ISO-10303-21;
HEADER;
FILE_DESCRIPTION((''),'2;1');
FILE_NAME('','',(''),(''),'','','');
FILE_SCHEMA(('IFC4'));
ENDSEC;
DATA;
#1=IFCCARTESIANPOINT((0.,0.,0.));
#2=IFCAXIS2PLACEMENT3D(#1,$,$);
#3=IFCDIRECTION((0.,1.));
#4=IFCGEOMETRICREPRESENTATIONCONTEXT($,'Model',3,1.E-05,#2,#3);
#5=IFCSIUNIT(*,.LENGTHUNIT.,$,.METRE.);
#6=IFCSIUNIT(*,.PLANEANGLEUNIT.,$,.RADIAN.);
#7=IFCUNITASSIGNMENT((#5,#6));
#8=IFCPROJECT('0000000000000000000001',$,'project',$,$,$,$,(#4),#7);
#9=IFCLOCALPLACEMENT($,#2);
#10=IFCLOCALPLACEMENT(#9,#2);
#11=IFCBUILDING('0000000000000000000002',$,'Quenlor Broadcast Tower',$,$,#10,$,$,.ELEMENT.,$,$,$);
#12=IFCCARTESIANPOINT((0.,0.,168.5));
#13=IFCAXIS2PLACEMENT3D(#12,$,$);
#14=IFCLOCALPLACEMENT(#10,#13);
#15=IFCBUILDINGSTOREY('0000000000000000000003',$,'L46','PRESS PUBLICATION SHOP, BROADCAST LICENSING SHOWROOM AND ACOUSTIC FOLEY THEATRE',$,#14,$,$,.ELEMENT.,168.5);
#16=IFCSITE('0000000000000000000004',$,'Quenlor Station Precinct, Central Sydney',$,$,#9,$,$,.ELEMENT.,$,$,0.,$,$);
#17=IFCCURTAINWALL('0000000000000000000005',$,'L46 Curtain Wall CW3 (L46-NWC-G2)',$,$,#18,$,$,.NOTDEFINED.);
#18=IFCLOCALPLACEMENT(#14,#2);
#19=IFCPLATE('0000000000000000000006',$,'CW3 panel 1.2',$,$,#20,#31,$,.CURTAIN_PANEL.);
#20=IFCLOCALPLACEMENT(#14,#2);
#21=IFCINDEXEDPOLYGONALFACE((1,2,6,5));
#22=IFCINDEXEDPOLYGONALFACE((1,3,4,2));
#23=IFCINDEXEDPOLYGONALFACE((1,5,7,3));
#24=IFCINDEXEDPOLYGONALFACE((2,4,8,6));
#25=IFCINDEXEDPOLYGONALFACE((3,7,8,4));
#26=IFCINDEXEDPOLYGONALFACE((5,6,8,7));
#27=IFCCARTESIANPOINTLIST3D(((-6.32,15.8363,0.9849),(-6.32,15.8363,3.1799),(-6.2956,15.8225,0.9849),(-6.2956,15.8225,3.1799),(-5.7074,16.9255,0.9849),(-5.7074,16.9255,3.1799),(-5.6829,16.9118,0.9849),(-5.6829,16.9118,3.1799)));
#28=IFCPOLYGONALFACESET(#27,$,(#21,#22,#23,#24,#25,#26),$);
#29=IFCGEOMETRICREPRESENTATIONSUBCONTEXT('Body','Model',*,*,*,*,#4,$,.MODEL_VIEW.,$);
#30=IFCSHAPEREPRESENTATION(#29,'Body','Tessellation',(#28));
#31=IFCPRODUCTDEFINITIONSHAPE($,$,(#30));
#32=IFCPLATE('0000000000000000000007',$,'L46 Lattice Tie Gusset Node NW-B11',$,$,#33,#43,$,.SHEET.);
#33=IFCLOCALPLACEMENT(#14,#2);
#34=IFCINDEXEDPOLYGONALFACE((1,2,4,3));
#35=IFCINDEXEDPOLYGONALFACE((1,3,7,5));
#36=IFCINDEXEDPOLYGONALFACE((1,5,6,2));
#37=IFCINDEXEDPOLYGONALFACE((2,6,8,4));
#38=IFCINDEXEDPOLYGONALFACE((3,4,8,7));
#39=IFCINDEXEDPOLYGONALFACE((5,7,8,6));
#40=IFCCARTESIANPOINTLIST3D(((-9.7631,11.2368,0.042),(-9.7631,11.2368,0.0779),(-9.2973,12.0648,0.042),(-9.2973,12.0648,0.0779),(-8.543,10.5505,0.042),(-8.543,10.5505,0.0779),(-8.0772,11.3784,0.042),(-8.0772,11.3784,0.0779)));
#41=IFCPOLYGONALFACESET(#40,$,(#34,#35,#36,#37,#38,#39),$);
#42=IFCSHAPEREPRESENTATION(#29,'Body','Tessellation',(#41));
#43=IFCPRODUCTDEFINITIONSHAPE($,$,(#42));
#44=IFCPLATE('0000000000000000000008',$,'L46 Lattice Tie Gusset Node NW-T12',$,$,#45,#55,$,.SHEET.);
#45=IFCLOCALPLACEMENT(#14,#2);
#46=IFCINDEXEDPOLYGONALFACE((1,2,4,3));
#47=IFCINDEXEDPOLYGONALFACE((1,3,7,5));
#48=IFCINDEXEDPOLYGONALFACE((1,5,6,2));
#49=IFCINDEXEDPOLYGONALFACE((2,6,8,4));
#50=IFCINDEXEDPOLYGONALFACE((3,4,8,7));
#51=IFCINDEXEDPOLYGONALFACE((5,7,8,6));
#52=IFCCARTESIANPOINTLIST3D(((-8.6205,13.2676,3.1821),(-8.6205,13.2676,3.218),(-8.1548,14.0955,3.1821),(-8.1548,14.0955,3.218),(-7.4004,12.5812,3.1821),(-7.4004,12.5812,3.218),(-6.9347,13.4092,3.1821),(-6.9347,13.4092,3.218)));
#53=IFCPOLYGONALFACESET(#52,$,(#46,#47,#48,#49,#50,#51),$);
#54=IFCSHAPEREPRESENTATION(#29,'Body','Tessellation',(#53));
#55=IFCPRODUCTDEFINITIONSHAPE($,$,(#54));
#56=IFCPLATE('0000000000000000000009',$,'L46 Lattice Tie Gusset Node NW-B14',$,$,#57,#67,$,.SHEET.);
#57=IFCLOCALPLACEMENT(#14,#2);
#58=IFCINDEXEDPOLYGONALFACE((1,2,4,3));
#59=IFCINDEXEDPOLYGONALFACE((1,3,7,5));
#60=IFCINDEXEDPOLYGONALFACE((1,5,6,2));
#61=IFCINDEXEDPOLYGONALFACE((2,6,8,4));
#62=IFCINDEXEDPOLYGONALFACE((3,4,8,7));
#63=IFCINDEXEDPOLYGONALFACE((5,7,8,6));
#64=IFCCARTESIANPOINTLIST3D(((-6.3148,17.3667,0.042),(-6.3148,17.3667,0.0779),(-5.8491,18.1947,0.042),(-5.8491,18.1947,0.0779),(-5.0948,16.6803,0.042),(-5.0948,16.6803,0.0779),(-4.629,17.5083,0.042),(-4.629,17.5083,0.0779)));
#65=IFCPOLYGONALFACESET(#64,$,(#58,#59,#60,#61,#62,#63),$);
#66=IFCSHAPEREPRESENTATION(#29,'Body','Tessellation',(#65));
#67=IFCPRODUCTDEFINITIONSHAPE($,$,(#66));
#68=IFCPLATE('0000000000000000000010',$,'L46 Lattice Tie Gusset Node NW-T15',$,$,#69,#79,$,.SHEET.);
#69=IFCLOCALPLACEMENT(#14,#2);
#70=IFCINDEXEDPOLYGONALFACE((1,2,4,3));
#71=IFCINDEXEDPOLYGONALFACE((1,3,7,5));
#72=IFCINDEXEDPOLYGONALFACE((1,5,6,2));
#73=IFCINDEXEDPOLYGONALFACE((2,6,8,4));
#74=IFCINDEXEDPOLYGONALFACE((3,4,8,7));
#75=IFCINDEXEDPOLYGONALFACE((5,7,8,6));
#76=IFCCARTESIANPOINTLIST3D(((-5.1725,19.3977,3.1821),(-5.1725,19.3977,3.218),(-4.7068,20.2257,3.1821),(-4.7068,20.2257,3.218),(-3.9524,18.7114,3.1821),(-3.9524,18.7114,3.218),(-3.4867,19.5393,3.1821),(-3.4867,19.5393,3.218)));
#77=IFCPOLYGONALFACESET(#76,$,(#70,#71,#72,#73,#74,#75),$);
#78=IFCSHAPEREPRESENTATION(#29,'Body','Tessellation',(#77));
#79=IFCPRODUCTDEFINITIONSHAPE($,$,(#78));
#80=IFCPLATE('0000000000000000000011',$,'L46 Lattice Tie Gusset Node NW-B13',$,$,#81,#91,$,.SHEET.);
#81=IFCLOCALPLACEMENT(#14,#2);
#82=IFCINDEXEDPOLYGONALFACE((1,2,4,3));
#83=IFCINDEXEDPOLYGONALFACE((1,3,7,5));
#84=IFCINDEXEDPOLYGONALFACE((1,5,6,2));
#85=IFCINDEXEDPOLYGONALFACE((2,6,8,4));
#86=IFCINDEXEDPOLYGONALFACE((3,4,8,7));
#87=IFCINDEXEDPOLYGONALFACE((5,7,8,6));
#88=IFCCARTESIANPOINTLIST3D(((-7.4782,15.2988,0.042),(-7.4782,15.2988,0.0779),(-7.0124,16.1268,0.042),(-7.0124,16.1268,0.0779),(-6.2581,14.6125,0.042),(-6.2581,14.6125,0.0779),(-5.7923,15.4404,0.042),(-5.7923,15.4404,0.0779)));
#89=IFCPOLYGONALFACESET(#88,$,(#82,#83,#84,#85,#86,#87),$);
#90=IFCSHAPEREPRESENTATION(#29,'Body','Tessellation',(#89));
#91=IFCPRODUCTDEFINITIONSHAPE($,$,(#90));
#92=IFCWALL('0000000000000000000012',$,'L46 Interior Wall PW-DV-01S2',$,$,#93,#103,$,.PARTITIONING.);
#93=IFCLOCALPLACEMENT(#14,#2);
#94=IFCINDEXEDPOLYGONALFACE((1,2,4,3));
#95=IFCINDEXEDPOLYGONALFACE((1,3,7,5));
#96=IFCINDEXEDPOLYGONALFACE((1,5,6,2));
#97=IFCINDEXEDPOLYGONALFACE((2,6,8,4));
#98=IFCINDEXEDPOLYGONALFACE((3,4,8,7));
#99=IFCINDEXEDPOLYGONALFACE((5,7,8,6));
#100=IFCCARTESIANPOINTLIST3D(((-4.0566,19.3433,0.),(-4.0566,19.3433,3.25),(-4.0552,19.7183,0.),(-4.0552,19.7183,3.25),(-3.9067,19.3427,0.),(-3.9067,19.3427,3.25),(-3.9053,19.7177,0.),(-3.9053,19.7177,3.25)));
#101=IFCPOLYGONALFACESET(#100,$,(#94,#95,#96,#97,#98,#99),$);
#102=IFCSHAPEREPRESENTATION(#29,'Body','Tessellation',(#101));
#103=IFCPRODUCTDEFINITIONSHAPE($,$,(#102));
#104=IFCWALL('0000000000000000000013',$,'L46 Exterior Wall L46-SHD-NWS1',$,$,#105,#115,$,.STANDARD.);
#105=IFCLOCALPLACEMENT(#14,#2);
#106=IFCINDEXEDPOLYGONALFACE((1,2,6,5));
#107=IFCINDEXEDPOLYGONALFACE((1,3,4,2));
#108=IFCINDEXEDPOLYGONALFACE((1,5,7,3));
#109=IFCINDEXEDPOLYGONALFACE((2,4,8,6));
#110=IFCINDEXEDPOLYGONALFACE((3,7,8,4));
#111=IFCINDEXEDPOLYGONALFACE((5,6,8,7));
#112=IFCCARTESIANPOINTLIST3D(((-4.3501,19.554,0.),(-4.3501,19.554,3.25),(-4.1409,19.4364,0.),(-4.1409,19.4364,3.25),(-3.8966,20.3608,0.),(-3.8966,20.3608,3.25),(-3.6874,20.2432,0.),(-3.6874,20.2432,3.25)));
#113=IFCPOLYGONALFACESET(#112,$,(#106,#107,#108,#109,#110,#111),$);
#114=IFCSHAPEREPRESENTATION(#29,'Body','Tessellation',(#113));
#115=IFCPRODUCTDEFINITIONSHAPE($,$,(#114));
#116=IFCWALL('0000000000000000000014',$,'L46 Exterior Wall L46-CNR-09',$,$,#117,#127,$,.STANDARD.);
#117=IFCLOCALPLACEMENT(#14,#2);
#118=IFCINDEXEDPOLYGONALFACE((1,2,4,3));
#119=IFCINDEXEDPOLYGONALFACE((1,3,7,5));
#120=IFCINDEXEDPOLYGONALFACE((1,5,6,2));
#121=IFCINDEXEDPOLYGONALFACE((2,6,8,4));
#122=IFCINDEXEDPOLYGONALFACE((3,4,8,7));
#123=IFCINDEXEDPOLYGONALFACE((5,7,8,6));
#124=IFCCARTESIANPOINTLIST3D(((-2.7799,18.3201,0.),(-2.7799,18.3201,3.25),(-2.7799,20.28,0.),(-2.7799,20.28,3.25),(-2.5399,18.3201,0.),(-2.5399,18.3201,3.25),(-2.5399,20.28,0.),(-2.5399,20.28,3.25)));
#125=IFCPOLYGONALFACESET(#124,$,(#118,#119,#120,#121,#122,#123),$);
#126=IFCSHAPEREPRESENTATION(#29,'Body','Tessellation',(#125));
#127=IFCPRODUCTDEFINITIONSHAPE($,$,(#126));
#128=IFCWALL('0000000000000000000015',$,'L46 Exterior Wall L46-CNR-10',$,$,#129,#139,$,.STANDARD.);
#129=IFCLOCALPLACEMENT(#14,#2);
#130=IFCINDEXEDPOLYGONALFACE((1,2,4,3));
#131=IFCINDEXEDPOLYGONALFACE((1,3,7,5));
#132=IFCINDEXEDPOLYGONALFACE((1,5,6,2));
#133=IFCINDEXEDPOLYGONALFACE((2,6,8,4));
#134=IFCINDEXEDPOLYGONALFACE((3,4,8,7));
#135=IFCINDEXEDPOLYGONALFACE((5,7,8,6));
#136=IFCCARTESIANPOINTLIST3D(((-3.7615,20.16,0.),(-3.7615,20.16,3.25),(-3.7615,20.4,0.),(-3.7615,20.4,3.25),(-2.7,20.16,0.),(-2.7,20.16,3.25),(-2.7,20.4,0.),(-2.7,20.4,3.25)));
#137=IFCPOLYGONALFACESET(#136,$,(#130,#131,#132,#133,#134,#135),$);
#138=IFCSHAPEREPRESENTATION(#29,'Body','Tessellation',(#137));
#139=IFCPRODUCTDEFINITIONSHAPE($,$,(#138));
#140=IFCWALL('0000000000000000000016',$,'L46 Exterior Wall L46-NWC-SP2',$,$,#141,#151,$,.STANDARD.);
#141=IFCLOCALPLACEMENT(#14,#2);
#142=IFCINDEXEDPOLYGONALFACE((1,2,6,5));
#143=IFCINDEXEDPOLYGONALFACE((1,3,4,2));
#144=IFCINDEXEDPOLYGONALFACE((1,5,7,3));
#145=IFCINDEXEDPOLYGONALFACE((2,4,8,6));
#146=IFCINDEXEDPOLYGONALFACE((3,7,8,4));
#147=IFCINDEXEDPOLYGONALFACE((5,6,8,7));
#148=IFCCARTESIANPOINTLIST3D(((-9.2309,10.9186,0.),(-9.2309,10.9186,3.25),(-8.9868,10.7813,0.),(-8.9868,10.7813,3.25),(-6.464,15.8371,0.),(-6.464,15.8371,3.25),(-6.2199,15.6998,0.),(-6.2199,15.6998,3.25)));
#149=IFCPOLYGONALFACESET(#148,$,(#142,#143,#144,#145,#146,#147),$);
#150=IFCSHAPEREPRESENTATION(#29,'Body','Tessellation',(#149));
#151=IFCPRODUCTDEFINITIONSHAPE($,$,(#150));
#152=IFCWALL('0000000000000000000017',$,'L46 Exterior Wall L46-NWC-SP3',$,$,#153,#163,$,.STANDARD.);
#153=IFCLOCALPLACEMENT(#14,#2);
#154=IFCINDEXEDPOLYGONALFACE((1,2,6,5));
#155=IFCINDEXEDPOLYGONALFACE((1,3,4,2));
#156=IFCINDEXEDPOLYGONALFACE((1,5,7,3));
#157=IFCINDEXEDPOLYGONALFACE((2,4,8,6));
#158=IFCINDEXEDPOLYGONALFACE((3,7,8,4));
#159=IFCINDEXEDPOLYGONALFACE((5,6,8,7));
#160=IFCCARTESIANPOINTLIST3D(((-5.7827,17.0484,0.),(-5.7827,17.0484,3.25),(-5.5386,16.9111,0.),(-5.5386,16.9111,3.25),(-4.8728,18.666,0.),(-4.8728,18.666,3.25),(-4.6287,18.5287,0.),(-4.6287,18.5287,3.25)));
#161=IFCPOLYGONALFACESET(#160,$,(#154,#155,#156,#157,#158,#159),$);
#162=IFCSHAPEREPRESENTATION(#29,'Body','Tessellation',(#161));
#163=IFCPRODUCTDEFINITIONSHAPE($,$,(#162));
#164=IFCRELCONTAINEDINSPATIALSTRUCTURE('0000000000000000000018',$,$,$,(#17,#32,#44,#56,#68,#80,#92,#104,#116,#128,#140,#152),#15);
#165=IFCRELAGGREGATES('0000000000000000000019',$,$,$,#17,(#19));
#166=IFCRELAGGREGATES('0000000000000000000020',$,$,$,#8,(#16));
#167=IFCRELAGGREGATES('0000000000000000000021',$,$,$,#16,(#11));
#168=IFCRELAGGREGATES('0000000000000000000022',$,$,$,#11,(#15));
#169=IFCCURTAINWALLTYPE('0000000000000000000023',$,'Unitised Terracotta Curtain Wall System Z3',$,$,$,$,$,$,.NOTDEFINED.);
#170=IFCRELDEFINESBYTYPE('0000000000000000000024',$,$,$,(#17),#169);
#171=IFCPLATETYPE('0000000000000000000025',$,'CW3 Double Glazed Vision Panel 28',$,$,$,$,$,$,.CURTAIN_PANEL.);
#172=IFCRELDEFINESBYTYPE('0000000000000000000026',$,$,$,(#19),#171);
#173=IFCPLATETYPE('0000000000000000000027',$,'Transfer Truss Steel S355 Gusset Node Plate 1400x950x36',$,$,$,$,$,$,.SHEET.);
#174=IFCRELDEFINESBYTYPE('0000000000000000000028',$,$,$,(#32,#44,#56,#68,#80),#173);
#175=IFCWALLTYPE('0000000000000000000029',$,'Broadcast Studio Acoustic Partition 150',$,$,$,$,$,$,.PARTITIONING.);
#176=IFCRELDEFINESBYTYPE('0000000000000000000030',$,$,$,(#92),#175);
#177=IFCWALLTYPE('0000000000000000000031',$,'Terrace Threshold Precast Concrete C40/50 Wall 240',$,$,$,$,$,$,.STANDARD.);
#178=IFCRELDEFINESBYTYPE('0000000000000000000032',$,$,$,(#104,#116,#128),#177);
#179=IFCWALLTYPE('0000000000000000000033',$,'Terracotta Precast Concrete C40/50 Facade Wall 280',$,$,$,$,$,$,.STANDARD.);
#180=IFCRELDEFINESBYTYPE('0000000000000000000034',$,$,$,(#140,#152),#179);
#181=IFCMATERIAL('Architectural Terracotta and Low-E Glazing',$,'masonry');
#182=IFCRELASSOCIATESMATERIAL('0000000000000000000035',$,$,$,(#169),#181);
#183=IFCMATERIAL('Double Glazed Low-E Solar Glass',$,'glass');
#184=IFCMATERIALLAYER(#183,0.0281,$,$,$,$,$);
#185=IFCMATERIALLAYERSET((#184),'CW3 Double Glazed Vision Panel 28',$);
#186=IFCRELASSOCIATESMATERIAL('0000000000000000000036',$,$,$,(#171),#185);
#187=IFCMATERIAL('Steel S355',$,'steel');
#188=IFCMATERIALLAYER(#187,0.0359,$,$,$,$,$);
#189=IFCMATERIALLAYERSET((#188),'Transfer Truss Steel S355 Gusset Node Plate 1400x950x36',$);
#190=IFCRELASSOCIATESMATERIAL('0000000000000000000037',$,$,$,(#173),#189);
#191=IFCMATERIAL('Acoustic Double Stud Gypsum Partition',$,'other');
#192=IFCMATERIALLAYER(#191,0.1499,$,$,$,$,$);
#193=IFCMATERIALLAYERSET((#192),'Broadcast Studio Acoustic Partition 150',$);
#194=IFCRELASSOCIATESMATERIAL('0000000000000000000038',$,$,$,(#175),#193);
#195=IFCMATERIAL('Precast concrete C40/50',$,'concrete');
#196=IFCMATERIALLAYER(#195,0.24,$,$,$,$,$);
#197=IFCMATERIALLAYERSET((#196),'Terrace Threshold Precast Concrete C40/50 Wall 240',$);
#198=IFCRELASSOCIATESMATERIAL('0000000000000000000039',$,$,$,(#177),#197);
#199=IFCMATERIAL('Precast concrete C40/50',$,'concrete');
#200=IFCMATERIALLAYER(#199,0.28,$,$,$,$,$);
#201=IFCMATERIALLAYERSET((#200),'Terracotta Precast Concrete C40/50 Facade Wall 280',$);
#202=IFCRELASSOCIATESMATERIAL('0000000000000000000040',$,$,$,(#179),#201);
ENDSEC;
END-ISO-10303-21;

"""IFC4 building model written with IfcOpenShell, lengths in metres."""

from ifc_helpers import new_model, si_unit, direction, frame, frame_2d, origin, origin_2d, place, context, subcontext, project, spatial, rectangle, extrude, material, layer, layer_set, type_object, element, aggregate, save


model = new_model("IFC4")

# Units and contexts
model_context = context("Model", 3, precision=1e-05, world=origin(), true_north=direction((0.0, 1.0)))
body_context = subcontext(model_context, "Body", "Model", "MODEL_VIEW")
ifc_project = project(units=[si_unit("LENGTHUNIT", "METRE"), si_unit("PLANEANGLEUNIT", "RADIAN")], contexts=[model_context])

# Site, building, storey
site_placement = place(None, origin())
site = spatial("IfcSite", under=ifc_project, at=site_placement, Name="Quenlor Station Precinct, Central Sydney", CompositionType="ELEMENT", RefElevation=0.0)
building_placement = place(site_placement, origin())
building = spatial("IfcBuilding", under=site, at=building_placement, Name="Quenlor Broadcast Tower", CompositionType="ELEMENT")
storey_placement = place(building_placement, frame((0.0, 0.0, 168.5)))
storey = spatial("IfcBuildingStorey", under=building, at=storey_placement, Name="L46", Description="PRESS PUBLICATION SHOP, BROADCAST LICENSING SHOWROOM AND ACOUSTIC FOLEY THEATRE", CompositionType="ELEMENT", Elevation=168.5)

# Shared definitions
ifc_material_1 = material(Name="Architectural Terracotta and Low-E Glazing", Category="masonry")
curtain_wall_type = type_object("IfcCurtainWallType", Name="Unitised Terracotta Curtain Wall System Z3", PredefinedType="NOTDEFINED", material=ifc_material_1)

# Curtain wall
curtain_wall_1_placement = place(storey_placement, origin())
curtain_wall_1 = element("IfcCurtainWall", 1, at=curtain_wall_1_placement, inside=storey, type_object=curtain_wall_type, Name="L46 Curtain Wall CW3 (L46-NWC-G2)", PredefinedType="NOTDEFINED")

# Plate
ifc_material_2 = material(Name="Double Glazed Low-E Solar Glass", Category="glass")
ifc_layer_1 = layer(ifc_material_2, 0.0281)
ifc_layer_set_1 = layer_set([ifc_layer_1], Name="CW3 Double Glazed Vision Panel 28")
plate_type_1 = type_object("IfcPlateType", Name="CW3 Double Glazed Vision Panel 28", PredefinedType="CURTAIN_PANEL", material=ifc_layer_set_1)
plate_1_placement = place(storey_placement, frame((-6.0015, 16.374, 0.9849), z_axis=(0.0, 0.0, 1.0), x_axis=(0.49023, 0.871593, 0.0)))
plate_1 = element("IfcPlate", 2, at=plate_1_placement, type_object=plate_type_1, Name="CW3 panel 1.2", PredefinedType="CURTAIN_PANEL", context=body_context, shape_type="SweptSolid", body=[
    extrude(rectangle(XDim=1.2498, YDim=0.0281, at=origin_2d()), origin(), (0.0, 0.0, 1.0), 2.1951),
])
aggregate(curtain_wall_1, [plate_1])

# Plates
ifc_material_3 = material(Name="Steel S355", Category="steel")
ifc_layer_2 = layer(ifc_material_3, 0.0359)
ifc_layer_set_2 = layer_set([ifc_layer_2], Name="Transfer Truss Steel S355 Gusset Node Plate 1400x950x36")
plate_type_2 = type_object("IfcPlateType", Name="Transfer Truss Steel S355 Gusset Node Plate 1400x950x36", PredefinedType="SHEET", material=ifc_layer_set_2)
for number, where, z_axis, x_axis, name in (
    (3, (-8.9202, 11.3076, 0.042), (0.0, 0.0, 1.0), (-0.871556, 0.490295, 0.0), "L46 Lattice Tie Gusset Node NW-B11"),
    (4, (-7.7776, 13.3384, 3.1821), (0.0, 0.0, 1.0), (-0.871556, 0.490295, 0.0), "L46 Lattice Tie Gusset Node NW-T12"),
    (5, (-5.4719, 17.4375, 0.042), (0.0, 0.0, 1.0), (-0.871556, 0.490295, 0.0), "L46 Lattice Tie Gusset Node NW-B14"),
    (6, (-4.3296, 19.4685, 3.1821), (0.0, 0.0, 1.0), (-0.871556, 0.490295, 0.0), "L46 Lattice Tie Gusset Node NW-T15"),
    (7, (-6.6353, 15.3696, 0.042), (0.0, 0.0, 1.0), (-0.871556, 0.490295, 0.0), "L46 Lattice Tie Gusset Node NW-B13"),
):
    element("IfcPlate", number, at=place(storey_placement, frame(where, z_axis=z_axis, x_axis=x_axis)), inside=storey, type_object=plate_type_2, Name=name, PredefinedType="SHEET", context=body_context, shape_type="SweptSolid", body=[
        extrude(rectangle(XDim=1.3999, YDim=0.95, at=origin_2d()), origin(), (0.0, 0.0, 1.0), 0.0359),
    ])

# Walls
ifc_material_4 = material(Name="Acoustic Double Stud Gypsum Partition", Category="other")
ifc_layer_3 = layer(ifc_material_4, 0.1499)
ifc_layer_set_3 = layer_set([ifc_layer_3], Name="Broadcast Studio Acoustic Partition 150")
wall_type_1 = type_object("IfcWallType", Name="Broadcast Studio Acoustic Partition 150", PredefinedType="PARTITIONING", material=ifc_layer_set_3)
wall_1_placement = place(storey_placement, frame((-3.9817, 19.343, 0.0), z_axis=(0.0, 0.0, 1.0), x_axis=(0.003906, 0.999992, 0.0)))
element("IfcWall", 8, at=wall_1_placement, inside=storey, type_object=wall_type_1, Name="L46 Interior Wall PW-DV-01S2", PredefinedType="PARTITIONING", context=body_context, shape_type="SweptSolid", body=[
    extrude(rectangle(XDim=0.375, YDim=0.1499, at=frame_2d((0.1875, 0.0))), origin(), (0.0, 0.0, 1.0), 3.25),
])
ifc_material_5 = material(Name="Precast concrete C40/50", Category="concrete")
ifc_layer_4 = layer(ifc_material_5, 0.24)
ifc_layer_set_4 = layer_set([ifc_layer_4], Name="Terrace Threshold Precast Concrete C40/50 Wall 240")
wall_type_2 = type_object("IfcWallType", Name="Terrace Threshold Precast Concrete C40/50 Wall 240", PredefinedType="STANDARD", material=ifc_layer_set_4)
wall_2_placement = place(storey_placement, frame((-4.2456, 19.4951, 0.0), z_axis=(0.0, 0.0, 1.0), x_axis=(0.490048, 0.871695, 0.0)))
element("IfcWall", 9, at=wall_2_placement, inside=storey, type_object=wall_type_2, Name="L46 Exterior Wall L46-SHD-NWS1", PredefinedType="STANDARD", context=body_context, shape_type="SweptSolid", body=[
    extrude(rectangle(XDim=0.9255, YDim=0.24, at=frame_2d((0.4629, 0.0))), origin(), (0.0, 0.0, 1.0), 3.25),
])
wall_3_placement = place(storey_placement, frame((-2.6599, 18.3201, 0.0), z_axis=(0.0, 0.0, 1.0), x_axis=(0.0, 1.0, 0.0)))
element("IfcWall", 10, at=wall_3_placement, inside=storey, type_object=wall_type_2, Name="L46 Exterior Wall L46-CNR-09", PredefinedType="STANDARD", context=body_context, shape_type="SweptSolid", body=[
    extrude(rectangle(XDim=1.96, YDim=0.24, at=frame_2d((0.98, 0.0))), origin(), (0.0, 0.0, 1.0), 3.25),
])
wall_4_placement = place(storey_placement, frame((-2.7, 20.28, 0.0), z_axis=(0.0, 0.0, 1.0), x_axis=(-1.0, 0.0, 0.0)))
element("IfcWall", 11, at=wall_4_placement, inside=storey, type_object=wall_type_2, Name="L46 Exterior Wall L46-CNR-10", PredefinedType="STANDARD", context=body_context, shape_type="SweptSolid", body=[
    extrude(rectangle(XDim=1.0615, YDim=0.24, at=frame_2d((0.5308, 0.0))), origin(), (0.0, 0.0, 1.0), 3.25),
])
ifc_material_6 = material(Name="Precast concrete C40/50", Category="concrete")
ifc_layer_5 = layer(ifc_material_6, 0.28)
ifc_layer_set_5 = layer_set([ifc_layer_5], Name="Terracotta Precast Concrete C40/50 Facade Wall 280")
wall_type_3 = type_object("IfcWallType", Name="Terracotta Precast Concrete C40/50 Facade Wall 280", PredefinedType="STANDARD", material=ifc_layer_set_5)
wall_5_placement = place(storey_placement, frame((-9.1089, 10.8499, 0.0), z_axis=(0.0, 0.0, 1.0), x_axis=(0.49029, 0.871559, 0.0)))
element("IfcWall", 12, at=wall_5_placement, inside=storey, type_object=wall_type_3, Name="L46 Exterior Wall L46-NWC-SP2", PredefinedType="STANDARD", context=body_context, shape_type="SweptSolid", body=[
    extrude(rectangle(XDim=5.6433, YDim=0.28, at=frame_2d((2.8218, 0.0))), origin(), (0.0, 0.0, 1.0), 3.25),
])
wall_6_placement = place(storey_placement, frame((-5.6606, 16.9797, 0.0), z_axis=(0.0, 0.0, 1.0), x_axis=(0.490249, 0.871583, 0.0)))
element("IfcWall", 13, at=wall_6_placement, inside=storey, type_object=wall_type_3, Name="L46 Exterior Wall L46-NWC-SP3", PredefinedType="STANDARD", context=body_context, shape_type="SweptSolid", body=[
    extrude(rectangle(XDim=1.856, YDim=0.28, at=frame_2d((0.928, 0.0))), origin(), (0.0, 0.0, 1.0), 3.25),
])

save(model, "model.ifc")
